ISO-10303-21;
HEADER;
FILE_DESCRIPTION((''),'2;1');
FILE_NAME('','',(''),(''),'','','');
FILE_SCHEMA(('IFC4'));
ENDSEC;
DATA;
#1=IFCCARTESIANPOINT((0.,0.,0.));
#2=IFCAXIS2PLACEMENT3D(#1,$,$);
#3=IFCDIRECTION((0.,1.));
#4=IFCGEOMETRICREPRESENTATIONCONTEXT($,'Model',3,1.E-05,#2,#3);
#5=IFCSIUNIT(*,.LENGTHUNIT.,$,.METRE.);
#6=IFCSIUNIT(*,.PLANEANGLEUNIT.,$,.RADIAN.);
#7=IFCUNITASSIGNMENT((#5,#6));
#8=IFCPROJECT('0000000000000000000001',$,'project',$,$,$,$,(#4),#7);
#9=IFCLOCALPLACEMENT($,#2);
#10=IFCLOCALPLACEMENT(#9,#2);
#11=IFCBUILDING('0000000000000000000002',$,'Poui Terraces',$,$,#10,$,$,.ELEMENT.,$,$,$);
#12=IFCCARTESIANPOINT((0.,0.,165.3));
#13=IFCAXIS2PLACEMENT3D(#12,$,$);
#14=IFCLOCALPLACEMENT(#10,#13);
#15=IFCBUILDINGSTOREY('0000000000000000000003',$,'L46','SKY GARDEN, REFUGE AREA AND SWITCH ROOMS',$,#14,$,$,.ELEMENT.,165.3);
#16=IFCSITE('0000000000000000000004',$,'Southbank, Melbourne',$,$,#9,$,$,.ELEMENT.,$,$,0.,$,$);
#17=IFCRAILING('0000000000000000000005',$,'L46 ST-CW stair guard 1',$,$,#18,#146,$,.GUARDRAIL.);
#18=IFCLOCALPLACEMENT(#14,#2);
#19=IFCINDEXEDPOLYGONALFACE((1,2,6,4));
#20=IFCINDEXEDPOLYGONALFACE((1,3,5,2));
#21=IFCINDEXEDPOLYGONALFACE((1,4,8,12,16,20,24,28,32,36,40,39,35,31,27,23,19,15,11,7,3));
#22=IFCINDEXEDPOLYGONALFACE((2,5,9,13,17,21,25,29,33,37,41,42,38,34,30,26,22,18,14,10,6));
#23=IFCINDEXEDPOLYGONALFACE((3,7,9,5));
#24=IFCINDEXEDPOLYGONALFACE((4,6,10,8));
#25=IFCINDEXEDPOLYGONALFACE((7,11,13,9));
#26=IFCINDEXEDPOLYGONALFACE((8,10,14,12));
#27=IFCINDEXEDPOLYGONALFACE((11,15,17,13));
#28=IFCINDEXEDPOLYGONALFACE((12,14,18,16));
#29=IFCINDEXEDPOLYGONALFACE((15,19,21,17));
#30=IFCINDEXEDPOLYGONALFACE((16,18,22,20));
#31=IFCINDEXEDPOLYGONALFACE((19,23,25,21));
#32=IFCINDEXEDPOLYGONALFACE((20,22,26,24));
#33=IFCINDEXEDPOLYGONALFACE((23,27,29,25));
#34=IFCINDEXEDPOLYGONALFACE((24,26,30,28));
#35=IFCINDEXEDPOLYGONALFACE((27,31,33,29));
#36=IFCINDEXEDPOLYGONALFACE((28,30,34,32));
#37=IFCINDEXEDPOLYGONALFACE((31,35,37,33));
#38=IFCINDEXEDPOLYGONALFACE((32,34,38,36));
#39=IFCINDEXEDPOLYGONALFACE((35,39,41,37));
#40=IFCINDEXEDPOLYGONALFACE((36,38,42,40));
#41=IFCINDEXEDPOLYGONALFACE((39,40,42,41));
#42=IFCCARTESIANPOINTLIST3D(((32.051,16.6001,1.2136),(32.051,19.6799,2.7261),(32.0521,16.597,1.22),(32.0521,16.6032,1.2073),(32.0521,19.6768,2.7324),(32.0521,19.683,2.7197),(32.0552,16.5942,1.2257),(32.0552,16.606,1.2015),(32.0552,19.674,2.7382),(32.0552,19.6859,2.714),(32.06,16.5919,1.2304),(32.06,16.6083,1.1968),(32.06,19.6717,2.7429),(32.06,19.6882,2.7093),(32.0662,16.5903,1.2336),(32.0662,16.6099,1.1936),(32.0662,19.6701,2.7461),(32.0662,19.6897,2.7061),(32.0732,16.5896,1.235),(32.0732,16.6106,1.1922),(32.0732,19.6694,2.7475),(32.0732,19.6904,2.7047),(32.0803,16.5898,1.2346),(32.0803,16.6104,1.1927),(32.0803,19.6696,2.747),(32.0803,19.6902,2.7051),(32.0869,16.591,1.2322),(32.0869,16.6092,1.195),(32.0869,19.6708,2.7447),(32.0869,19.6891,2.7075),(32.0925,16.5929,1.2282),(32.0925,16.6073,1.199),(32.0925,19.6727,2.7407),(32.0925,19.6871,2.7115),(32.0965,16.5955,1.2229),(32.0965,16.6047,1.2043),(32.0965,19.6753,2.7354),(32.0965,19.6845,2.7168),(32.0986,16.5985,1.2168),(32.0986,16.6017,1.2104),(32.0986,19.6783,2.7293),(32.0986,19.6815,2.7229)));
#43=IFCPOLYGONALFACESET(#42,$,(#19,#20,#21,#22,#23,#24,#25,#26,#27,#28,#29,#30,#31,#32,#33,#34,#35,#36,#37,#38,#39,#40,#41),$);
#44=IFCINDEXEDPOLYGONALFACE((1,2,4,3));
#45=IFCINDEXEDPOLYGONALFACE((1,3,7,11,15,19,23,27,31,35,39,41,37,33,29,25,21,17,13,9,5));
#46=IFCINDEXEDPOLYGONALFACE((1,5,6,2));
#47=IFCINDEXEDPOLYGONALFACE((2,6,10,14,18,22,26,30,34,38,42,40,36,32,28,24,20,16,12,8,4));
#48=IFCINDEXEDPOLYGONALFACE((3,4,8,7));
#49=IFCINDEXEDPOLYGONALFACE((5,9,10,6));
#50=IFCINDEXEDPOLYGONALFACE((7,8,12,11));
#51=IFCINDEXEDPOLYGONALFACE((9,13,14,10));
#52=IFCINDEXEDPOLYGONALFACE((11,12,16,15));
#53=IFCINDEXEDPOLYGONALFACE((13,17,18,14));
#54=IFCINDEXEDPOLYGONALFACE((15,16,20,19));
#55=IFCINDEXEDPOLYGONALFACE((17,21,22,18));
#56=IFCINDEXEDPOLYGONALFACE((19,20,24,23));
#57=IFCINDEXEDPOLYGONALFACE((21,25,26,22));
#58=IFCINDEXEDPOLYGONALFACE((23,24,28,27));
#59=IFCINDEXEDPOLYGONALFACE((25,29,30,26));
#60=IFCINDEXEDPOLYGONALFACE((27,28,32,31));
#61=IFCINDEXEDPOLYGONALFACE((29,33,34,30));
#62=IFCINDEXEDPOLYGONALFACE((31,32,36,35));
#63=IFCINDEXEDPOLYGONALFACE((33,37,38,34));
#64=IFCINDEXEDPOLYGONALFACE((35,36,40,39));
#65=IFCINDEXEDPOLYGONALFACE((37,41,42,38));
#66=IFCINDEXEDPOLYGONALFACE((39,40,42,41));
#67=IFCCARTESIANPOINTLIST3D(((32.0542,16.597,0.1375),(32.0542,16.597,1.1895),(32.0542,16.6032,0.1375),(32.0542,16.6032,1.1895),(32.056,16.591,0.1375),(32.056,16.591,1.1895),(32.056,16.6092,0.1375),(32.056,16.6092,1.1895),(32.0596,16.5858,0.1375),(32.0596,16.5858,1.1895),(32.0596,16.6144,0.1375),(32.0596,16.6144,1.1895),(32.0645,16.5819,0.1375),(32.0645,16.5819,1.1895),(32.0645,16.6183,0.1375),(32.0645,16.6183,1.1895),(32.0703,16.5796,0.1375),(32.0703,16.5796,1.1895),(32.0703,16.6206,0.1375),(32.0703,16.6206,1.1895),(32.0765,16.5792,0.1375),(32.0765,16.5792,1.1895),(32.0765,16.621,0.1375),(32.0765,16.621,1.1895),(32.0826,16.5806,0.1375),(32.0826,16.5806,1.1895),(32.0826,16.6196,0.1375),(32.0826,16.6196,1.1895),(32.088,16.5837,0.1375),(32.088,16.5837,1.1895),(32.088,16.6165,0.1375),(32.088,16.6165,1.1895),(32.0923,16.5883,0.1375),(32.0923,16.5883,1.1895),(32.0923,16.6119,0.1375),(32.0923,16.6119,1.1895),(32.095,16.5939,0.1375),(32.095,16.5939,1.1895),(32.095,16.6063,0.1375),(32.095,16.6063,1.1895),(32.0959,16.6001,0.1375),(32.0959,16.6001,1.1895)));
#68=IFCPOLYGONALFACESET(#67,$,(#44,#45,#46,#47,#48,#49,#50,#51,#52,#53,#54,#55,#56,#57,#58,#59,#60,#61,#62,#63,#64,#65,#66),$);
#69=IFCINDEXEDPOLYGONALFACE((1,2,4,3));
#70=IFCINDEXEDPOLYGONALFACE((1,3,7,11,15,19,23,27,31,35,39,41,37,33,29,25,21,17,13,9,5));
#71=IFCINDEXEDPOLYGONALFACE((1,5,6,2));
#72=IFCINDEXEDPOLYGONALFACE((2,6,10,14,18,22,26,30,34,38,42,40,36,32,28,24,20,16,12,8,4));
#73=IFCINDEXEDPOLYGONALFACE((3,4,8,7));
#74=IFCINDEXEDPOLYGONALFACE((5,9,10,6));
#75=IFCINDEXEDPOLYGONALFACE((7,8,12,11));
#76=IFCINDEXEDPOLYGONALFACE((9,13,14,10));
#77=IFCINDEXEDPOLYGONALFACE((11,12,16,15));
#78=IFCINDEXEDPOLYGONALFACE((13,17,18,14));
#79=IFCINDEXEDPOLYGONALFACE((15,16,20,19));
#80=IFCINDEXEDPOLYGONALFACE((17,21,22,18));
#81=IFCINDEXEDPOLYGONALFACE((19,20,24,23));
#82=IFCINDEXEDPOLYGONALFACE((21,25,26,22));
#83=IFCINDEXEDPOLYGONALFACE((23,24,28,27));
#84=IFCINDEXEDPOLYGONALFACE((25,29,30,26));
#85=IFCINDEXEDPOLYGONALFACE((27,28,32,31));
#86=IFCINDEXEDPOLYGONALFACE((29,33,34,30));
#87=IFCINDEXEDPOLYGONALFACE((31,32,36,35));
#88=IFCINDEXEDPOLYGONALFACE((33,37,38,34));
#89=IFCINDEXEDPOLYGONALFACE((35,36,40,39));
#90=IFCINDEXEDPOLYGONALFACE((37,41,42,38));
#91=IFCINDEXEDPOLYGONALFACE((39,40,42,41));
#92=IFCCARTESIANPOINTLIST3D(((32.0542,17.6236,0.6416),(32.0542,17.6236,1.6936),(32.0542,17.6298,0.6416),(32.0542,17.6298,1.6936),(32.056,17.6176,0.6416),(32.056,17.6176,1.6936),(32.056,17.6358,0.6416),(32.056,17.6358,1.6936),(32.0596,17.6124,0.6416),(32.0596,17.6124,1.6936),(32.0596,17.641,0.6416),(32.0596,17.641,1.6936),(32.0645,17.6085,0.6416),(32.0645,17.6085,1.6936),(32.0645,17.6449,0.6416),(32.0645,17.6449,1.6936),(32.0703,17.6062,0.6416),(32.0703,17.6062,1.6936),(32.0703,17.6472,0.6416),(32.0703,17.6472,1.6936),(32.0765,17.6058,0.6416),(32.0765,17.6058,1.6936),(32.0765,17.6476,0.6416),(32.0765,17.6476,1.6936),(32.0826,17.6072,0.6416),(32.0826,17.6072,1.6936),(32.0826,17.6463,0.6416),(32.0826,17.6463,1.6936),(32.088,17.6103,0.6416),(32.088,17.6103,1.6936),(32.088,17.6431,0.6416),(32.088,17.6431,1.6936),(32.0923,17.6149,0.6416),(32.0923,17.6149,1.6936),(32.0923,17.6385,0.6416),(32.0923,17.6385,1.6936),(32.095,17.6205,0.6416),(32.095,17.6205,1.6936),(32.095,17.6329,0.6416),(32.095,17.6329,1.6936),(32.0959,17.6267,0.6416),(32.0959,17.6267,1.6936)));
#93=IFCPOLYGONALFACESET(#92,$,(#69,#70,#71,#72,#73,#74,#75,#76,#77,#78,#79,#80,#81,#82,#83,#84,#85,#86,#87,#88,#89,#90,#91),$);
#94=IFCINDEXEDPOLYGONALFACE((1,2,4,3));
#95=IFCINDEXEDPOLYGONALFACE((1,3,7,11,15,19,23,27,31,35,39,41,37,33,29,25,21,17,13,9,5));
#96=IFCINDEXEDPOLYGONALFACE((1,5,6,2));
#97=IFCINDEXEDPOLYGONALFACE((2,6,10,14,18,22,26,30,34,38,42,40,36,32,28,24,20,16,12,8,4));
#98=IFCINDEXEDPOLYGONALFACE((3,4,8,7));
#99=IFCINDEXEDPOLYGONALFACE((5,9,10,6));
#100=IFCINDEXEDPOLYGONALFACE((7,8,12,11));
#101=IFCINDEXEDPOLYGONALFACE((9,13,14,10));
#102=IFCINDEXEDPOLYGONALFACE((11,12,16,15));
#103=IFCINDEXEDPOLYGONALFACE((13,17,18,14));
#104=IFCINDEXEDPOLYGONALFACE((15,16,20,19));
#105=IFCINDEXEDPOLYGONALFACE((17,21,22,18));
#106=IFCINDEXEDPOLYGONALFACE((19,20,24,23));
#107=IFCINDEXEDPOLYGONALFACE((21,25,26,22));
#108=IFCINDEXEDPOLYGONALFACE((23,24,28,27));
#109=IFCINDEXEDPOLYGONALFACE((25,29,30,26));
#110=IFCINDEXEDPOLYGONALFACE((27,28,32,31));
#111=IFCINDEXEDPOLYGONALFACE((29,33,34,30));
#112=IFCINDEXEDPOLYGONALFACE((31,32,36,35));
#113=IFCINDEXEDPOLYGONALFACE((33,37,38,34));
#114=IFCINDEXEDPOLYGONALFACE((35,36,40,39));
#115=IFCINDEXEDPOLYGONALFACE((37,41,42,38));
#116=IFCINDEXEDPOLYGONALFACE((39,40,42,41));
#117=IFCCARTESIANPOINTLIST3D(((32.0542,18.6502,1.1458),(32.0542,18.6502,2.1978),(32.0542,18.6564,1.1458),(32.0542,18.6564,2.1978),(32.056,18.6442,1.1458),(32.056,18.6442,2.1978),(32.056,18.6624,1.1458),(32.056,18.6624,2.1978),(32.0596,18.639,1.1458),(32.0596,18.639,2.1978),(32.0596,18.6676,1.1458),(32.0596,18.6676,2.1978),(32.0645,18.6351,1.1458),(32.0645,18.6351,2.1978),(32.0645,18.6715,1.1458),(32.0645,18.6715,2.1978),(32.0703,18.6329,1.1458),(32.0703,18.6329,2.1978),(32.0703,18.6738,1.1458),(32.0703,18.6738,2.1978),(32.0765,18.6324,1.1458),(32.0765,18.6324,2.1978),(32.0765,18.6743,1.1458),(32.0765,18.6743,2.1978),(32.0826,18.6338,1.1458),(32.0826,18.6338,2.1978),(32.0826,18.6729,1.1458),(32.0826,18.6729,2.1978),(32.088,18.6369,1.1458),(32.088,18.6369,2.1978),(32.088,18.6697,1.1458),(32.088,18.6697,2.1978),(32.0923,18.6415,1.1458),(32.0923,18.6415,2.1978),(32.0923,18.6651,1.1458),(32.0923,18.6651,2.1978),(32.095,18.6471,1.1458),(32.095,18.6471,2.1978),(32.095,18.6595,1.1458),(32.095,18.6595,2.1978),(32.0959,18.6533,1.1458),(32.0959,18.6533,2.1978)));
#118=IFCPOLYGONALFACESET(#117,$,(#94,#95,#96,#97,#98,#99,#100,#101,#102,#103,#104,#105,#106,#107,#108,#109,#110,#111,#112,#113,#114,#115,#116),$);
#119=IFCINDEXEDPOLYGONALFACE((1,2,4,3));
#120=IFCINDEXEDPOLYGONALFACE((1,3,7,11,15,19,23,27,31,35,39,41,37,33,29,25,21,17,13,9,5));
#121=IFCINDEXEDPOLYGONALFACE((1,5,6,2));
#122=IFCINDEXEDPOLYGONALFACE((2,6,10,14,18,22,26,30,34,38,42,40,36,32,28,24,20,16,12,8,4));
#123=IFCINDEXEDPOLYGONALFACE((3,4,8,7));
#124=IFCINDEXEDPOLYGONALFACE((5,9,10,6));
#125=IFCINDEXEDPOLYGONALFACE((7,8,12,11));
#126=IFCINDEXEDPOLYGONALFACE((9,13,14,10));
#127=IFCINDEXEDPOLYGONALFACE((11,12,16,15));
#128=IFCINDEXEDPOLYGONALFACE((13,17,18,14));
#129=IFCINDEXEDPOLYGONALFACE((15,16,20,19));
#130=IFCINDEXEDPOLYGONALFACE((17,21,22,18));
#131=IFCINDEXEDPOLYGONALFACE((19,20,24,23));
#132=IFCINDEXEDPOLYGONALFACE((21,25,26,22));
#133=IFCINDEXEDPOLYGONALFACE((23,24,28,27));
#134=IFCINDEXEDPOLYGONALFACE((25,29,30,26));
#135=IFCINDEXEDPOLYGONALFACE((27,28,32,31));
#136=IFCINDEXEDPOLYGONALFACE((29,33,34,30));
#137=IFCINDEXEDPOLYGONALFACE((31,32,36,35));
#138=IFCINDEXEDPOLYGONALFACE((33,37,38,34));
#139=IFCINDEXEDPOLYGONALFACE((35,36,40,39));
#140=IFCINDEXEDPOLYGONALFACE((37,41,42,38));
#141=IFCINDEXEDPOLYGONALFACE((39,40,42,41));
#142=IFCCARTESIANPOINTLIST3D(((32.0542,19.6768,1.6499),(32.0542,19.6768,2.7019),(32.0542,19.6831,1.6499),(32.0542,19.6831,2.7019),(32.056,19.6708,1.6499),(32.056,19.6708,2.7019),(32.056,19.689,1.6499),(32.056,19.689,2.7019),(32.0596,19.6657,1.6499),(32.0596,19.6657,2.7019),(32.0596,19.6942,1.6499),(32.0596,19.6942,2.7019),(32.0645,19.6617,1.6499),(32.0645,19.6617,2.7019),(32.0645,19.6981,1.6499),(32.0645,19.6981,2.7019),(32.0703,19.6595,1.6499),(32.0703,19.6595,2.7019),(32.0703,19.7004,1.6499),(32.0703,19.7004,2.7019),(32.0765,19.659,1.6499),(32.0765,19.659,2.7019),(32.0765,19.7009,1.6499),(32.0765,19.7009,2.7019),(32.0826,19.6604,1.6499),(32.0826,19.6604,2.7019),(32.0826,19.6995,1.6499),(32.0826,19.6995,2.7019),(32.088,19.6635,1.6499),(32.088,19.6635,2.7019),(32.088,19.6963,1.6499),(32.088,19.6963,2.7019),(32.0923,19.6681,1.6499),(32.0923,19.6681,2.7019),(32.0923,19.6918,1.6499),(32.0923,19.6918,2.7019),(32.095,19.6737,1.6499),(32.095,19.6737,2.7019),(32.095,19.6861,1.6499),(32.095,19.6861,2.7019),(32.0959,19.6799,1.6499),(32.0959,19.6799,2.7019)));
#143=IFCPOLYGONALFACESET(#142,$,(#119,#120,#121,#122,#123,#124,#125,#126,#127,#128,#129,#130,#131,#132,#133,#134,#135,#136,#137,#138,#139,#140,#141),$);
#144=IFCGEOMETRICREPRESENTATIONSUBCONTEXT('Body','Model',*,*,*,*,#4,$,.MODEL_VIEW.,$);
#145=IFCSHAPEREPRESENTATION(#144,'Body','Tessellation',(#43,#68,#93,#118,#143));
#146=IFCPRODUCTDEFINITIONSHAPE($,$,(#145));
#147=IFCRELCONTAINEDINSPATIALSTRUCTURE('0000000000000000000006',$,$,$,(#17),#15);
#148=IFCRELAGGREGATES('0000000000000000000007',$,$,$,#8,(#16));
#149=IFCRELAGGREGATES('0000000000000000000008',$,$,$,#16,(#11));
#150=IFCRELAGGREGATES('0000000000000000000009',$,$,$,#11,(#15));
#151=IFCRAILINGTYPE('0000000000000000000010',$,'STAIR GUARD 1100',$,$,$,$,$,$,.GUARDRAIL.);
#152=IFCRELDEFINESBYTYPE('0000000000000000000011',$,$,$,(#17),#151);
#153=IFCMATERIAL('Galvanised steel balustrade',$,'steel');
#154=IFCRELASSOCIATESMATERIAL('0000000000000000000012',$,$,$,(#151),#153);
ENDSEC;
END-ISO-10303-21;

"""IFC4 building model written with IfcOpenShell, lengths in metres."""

from ifc_helpers import new_model, si_unit, direction, frame, origin, origin_2d, place, context, subcontext, project, spatial, circle, extrude, material, type_object, element, save


model = new_model("IFC4")

# Units and contexts
model_context = context("Model", 3, precision=1e-05, world=origin(), true_north=direction((0.0, 1.0)))
body_context = subcontext(model_context, "Body", "Model", "MODEL_VIEW")
ifc_project = project(units=[si_unit("LENGTHUNIT", "METRE"), si_unit("PLANEANGLEUNIT", "RADIAN")], contexts=[model_context])

# Site, building, storey
site_placement = place(None, origin())
site = spatial("IfcSite", under=ifc_project, at=site_placement, Name="Southbank, Melbourne", CompositionType="ELEMENT", RefElevation=0.0)
building_placement = place(site_placement, origin())
building = spatial("IfcBuilding", under=site, at=building_placement, Name="Poui Terraces", CompositionType="ELEMENT")
storey_placement = place(building_placement, frame((0.0, 0.0, 165.3)))
storey = spatial("IfcBuildingStorey", under=building, at=storey_placement, Name="L46", Description="SKY GARDEN, REFUGE AREA AND SWITCH ROOMS", CompositionType="ELEMENT", Elevation=165.3)

# Railing
ifc_material_1 = material(Name="Galvanised steel balustrade", Category="steel")
railing_type_1 = type_object("IfcRailingType", Name="STAIR GUARD 1100", PredefinedType="GUARDRAIL", material=ifc_material_1)
railing_1_placement = place(storey_placement, frame((32.075, 16.6001, 0.1375)))
element("IfcRailing", 1, at=railing_1_placement, inside=storey, type_object=railing_type_1, Name="L46 ST-CW stair guard 1", PredefinedType="GUARDRAIL", context=body_context, shape_type="SweptSolid", body=[
    extrude(circle(Radius=0.0239, at=origin_2d()), frame((0.0, 0.0, 1.0762), z_axis=(0.0, 0.897606, 0.440798), x_axis=(-1.0, 0.0, 0.0)), (0.0, 0.0, 1.0), 3.4312),
    extrude(circle(Radius=0.021, at=origin_2d()), origin(), (0.0, 0.0, 1.0), 1.052),
    extrude(circle(Radius=0.021, at=origin_2d()), frame((0.0, 1.0266, 0.5042)), (0.0, 0.0, 1.0), 1.052),
    extrude(circle(Radius=0.021, at=origin_2d()), frame((0.0, 2.0532, 1.0083)), (0.0, 0.0, 1.0), 1.052),
    extrude(circle(Radius=0.021, at=origin_2d()), frame((0.0, 3.0798, 1.5125)), (0.0, 0.0, 1.0), 1.052),
])

save(model, "model.ifc")
